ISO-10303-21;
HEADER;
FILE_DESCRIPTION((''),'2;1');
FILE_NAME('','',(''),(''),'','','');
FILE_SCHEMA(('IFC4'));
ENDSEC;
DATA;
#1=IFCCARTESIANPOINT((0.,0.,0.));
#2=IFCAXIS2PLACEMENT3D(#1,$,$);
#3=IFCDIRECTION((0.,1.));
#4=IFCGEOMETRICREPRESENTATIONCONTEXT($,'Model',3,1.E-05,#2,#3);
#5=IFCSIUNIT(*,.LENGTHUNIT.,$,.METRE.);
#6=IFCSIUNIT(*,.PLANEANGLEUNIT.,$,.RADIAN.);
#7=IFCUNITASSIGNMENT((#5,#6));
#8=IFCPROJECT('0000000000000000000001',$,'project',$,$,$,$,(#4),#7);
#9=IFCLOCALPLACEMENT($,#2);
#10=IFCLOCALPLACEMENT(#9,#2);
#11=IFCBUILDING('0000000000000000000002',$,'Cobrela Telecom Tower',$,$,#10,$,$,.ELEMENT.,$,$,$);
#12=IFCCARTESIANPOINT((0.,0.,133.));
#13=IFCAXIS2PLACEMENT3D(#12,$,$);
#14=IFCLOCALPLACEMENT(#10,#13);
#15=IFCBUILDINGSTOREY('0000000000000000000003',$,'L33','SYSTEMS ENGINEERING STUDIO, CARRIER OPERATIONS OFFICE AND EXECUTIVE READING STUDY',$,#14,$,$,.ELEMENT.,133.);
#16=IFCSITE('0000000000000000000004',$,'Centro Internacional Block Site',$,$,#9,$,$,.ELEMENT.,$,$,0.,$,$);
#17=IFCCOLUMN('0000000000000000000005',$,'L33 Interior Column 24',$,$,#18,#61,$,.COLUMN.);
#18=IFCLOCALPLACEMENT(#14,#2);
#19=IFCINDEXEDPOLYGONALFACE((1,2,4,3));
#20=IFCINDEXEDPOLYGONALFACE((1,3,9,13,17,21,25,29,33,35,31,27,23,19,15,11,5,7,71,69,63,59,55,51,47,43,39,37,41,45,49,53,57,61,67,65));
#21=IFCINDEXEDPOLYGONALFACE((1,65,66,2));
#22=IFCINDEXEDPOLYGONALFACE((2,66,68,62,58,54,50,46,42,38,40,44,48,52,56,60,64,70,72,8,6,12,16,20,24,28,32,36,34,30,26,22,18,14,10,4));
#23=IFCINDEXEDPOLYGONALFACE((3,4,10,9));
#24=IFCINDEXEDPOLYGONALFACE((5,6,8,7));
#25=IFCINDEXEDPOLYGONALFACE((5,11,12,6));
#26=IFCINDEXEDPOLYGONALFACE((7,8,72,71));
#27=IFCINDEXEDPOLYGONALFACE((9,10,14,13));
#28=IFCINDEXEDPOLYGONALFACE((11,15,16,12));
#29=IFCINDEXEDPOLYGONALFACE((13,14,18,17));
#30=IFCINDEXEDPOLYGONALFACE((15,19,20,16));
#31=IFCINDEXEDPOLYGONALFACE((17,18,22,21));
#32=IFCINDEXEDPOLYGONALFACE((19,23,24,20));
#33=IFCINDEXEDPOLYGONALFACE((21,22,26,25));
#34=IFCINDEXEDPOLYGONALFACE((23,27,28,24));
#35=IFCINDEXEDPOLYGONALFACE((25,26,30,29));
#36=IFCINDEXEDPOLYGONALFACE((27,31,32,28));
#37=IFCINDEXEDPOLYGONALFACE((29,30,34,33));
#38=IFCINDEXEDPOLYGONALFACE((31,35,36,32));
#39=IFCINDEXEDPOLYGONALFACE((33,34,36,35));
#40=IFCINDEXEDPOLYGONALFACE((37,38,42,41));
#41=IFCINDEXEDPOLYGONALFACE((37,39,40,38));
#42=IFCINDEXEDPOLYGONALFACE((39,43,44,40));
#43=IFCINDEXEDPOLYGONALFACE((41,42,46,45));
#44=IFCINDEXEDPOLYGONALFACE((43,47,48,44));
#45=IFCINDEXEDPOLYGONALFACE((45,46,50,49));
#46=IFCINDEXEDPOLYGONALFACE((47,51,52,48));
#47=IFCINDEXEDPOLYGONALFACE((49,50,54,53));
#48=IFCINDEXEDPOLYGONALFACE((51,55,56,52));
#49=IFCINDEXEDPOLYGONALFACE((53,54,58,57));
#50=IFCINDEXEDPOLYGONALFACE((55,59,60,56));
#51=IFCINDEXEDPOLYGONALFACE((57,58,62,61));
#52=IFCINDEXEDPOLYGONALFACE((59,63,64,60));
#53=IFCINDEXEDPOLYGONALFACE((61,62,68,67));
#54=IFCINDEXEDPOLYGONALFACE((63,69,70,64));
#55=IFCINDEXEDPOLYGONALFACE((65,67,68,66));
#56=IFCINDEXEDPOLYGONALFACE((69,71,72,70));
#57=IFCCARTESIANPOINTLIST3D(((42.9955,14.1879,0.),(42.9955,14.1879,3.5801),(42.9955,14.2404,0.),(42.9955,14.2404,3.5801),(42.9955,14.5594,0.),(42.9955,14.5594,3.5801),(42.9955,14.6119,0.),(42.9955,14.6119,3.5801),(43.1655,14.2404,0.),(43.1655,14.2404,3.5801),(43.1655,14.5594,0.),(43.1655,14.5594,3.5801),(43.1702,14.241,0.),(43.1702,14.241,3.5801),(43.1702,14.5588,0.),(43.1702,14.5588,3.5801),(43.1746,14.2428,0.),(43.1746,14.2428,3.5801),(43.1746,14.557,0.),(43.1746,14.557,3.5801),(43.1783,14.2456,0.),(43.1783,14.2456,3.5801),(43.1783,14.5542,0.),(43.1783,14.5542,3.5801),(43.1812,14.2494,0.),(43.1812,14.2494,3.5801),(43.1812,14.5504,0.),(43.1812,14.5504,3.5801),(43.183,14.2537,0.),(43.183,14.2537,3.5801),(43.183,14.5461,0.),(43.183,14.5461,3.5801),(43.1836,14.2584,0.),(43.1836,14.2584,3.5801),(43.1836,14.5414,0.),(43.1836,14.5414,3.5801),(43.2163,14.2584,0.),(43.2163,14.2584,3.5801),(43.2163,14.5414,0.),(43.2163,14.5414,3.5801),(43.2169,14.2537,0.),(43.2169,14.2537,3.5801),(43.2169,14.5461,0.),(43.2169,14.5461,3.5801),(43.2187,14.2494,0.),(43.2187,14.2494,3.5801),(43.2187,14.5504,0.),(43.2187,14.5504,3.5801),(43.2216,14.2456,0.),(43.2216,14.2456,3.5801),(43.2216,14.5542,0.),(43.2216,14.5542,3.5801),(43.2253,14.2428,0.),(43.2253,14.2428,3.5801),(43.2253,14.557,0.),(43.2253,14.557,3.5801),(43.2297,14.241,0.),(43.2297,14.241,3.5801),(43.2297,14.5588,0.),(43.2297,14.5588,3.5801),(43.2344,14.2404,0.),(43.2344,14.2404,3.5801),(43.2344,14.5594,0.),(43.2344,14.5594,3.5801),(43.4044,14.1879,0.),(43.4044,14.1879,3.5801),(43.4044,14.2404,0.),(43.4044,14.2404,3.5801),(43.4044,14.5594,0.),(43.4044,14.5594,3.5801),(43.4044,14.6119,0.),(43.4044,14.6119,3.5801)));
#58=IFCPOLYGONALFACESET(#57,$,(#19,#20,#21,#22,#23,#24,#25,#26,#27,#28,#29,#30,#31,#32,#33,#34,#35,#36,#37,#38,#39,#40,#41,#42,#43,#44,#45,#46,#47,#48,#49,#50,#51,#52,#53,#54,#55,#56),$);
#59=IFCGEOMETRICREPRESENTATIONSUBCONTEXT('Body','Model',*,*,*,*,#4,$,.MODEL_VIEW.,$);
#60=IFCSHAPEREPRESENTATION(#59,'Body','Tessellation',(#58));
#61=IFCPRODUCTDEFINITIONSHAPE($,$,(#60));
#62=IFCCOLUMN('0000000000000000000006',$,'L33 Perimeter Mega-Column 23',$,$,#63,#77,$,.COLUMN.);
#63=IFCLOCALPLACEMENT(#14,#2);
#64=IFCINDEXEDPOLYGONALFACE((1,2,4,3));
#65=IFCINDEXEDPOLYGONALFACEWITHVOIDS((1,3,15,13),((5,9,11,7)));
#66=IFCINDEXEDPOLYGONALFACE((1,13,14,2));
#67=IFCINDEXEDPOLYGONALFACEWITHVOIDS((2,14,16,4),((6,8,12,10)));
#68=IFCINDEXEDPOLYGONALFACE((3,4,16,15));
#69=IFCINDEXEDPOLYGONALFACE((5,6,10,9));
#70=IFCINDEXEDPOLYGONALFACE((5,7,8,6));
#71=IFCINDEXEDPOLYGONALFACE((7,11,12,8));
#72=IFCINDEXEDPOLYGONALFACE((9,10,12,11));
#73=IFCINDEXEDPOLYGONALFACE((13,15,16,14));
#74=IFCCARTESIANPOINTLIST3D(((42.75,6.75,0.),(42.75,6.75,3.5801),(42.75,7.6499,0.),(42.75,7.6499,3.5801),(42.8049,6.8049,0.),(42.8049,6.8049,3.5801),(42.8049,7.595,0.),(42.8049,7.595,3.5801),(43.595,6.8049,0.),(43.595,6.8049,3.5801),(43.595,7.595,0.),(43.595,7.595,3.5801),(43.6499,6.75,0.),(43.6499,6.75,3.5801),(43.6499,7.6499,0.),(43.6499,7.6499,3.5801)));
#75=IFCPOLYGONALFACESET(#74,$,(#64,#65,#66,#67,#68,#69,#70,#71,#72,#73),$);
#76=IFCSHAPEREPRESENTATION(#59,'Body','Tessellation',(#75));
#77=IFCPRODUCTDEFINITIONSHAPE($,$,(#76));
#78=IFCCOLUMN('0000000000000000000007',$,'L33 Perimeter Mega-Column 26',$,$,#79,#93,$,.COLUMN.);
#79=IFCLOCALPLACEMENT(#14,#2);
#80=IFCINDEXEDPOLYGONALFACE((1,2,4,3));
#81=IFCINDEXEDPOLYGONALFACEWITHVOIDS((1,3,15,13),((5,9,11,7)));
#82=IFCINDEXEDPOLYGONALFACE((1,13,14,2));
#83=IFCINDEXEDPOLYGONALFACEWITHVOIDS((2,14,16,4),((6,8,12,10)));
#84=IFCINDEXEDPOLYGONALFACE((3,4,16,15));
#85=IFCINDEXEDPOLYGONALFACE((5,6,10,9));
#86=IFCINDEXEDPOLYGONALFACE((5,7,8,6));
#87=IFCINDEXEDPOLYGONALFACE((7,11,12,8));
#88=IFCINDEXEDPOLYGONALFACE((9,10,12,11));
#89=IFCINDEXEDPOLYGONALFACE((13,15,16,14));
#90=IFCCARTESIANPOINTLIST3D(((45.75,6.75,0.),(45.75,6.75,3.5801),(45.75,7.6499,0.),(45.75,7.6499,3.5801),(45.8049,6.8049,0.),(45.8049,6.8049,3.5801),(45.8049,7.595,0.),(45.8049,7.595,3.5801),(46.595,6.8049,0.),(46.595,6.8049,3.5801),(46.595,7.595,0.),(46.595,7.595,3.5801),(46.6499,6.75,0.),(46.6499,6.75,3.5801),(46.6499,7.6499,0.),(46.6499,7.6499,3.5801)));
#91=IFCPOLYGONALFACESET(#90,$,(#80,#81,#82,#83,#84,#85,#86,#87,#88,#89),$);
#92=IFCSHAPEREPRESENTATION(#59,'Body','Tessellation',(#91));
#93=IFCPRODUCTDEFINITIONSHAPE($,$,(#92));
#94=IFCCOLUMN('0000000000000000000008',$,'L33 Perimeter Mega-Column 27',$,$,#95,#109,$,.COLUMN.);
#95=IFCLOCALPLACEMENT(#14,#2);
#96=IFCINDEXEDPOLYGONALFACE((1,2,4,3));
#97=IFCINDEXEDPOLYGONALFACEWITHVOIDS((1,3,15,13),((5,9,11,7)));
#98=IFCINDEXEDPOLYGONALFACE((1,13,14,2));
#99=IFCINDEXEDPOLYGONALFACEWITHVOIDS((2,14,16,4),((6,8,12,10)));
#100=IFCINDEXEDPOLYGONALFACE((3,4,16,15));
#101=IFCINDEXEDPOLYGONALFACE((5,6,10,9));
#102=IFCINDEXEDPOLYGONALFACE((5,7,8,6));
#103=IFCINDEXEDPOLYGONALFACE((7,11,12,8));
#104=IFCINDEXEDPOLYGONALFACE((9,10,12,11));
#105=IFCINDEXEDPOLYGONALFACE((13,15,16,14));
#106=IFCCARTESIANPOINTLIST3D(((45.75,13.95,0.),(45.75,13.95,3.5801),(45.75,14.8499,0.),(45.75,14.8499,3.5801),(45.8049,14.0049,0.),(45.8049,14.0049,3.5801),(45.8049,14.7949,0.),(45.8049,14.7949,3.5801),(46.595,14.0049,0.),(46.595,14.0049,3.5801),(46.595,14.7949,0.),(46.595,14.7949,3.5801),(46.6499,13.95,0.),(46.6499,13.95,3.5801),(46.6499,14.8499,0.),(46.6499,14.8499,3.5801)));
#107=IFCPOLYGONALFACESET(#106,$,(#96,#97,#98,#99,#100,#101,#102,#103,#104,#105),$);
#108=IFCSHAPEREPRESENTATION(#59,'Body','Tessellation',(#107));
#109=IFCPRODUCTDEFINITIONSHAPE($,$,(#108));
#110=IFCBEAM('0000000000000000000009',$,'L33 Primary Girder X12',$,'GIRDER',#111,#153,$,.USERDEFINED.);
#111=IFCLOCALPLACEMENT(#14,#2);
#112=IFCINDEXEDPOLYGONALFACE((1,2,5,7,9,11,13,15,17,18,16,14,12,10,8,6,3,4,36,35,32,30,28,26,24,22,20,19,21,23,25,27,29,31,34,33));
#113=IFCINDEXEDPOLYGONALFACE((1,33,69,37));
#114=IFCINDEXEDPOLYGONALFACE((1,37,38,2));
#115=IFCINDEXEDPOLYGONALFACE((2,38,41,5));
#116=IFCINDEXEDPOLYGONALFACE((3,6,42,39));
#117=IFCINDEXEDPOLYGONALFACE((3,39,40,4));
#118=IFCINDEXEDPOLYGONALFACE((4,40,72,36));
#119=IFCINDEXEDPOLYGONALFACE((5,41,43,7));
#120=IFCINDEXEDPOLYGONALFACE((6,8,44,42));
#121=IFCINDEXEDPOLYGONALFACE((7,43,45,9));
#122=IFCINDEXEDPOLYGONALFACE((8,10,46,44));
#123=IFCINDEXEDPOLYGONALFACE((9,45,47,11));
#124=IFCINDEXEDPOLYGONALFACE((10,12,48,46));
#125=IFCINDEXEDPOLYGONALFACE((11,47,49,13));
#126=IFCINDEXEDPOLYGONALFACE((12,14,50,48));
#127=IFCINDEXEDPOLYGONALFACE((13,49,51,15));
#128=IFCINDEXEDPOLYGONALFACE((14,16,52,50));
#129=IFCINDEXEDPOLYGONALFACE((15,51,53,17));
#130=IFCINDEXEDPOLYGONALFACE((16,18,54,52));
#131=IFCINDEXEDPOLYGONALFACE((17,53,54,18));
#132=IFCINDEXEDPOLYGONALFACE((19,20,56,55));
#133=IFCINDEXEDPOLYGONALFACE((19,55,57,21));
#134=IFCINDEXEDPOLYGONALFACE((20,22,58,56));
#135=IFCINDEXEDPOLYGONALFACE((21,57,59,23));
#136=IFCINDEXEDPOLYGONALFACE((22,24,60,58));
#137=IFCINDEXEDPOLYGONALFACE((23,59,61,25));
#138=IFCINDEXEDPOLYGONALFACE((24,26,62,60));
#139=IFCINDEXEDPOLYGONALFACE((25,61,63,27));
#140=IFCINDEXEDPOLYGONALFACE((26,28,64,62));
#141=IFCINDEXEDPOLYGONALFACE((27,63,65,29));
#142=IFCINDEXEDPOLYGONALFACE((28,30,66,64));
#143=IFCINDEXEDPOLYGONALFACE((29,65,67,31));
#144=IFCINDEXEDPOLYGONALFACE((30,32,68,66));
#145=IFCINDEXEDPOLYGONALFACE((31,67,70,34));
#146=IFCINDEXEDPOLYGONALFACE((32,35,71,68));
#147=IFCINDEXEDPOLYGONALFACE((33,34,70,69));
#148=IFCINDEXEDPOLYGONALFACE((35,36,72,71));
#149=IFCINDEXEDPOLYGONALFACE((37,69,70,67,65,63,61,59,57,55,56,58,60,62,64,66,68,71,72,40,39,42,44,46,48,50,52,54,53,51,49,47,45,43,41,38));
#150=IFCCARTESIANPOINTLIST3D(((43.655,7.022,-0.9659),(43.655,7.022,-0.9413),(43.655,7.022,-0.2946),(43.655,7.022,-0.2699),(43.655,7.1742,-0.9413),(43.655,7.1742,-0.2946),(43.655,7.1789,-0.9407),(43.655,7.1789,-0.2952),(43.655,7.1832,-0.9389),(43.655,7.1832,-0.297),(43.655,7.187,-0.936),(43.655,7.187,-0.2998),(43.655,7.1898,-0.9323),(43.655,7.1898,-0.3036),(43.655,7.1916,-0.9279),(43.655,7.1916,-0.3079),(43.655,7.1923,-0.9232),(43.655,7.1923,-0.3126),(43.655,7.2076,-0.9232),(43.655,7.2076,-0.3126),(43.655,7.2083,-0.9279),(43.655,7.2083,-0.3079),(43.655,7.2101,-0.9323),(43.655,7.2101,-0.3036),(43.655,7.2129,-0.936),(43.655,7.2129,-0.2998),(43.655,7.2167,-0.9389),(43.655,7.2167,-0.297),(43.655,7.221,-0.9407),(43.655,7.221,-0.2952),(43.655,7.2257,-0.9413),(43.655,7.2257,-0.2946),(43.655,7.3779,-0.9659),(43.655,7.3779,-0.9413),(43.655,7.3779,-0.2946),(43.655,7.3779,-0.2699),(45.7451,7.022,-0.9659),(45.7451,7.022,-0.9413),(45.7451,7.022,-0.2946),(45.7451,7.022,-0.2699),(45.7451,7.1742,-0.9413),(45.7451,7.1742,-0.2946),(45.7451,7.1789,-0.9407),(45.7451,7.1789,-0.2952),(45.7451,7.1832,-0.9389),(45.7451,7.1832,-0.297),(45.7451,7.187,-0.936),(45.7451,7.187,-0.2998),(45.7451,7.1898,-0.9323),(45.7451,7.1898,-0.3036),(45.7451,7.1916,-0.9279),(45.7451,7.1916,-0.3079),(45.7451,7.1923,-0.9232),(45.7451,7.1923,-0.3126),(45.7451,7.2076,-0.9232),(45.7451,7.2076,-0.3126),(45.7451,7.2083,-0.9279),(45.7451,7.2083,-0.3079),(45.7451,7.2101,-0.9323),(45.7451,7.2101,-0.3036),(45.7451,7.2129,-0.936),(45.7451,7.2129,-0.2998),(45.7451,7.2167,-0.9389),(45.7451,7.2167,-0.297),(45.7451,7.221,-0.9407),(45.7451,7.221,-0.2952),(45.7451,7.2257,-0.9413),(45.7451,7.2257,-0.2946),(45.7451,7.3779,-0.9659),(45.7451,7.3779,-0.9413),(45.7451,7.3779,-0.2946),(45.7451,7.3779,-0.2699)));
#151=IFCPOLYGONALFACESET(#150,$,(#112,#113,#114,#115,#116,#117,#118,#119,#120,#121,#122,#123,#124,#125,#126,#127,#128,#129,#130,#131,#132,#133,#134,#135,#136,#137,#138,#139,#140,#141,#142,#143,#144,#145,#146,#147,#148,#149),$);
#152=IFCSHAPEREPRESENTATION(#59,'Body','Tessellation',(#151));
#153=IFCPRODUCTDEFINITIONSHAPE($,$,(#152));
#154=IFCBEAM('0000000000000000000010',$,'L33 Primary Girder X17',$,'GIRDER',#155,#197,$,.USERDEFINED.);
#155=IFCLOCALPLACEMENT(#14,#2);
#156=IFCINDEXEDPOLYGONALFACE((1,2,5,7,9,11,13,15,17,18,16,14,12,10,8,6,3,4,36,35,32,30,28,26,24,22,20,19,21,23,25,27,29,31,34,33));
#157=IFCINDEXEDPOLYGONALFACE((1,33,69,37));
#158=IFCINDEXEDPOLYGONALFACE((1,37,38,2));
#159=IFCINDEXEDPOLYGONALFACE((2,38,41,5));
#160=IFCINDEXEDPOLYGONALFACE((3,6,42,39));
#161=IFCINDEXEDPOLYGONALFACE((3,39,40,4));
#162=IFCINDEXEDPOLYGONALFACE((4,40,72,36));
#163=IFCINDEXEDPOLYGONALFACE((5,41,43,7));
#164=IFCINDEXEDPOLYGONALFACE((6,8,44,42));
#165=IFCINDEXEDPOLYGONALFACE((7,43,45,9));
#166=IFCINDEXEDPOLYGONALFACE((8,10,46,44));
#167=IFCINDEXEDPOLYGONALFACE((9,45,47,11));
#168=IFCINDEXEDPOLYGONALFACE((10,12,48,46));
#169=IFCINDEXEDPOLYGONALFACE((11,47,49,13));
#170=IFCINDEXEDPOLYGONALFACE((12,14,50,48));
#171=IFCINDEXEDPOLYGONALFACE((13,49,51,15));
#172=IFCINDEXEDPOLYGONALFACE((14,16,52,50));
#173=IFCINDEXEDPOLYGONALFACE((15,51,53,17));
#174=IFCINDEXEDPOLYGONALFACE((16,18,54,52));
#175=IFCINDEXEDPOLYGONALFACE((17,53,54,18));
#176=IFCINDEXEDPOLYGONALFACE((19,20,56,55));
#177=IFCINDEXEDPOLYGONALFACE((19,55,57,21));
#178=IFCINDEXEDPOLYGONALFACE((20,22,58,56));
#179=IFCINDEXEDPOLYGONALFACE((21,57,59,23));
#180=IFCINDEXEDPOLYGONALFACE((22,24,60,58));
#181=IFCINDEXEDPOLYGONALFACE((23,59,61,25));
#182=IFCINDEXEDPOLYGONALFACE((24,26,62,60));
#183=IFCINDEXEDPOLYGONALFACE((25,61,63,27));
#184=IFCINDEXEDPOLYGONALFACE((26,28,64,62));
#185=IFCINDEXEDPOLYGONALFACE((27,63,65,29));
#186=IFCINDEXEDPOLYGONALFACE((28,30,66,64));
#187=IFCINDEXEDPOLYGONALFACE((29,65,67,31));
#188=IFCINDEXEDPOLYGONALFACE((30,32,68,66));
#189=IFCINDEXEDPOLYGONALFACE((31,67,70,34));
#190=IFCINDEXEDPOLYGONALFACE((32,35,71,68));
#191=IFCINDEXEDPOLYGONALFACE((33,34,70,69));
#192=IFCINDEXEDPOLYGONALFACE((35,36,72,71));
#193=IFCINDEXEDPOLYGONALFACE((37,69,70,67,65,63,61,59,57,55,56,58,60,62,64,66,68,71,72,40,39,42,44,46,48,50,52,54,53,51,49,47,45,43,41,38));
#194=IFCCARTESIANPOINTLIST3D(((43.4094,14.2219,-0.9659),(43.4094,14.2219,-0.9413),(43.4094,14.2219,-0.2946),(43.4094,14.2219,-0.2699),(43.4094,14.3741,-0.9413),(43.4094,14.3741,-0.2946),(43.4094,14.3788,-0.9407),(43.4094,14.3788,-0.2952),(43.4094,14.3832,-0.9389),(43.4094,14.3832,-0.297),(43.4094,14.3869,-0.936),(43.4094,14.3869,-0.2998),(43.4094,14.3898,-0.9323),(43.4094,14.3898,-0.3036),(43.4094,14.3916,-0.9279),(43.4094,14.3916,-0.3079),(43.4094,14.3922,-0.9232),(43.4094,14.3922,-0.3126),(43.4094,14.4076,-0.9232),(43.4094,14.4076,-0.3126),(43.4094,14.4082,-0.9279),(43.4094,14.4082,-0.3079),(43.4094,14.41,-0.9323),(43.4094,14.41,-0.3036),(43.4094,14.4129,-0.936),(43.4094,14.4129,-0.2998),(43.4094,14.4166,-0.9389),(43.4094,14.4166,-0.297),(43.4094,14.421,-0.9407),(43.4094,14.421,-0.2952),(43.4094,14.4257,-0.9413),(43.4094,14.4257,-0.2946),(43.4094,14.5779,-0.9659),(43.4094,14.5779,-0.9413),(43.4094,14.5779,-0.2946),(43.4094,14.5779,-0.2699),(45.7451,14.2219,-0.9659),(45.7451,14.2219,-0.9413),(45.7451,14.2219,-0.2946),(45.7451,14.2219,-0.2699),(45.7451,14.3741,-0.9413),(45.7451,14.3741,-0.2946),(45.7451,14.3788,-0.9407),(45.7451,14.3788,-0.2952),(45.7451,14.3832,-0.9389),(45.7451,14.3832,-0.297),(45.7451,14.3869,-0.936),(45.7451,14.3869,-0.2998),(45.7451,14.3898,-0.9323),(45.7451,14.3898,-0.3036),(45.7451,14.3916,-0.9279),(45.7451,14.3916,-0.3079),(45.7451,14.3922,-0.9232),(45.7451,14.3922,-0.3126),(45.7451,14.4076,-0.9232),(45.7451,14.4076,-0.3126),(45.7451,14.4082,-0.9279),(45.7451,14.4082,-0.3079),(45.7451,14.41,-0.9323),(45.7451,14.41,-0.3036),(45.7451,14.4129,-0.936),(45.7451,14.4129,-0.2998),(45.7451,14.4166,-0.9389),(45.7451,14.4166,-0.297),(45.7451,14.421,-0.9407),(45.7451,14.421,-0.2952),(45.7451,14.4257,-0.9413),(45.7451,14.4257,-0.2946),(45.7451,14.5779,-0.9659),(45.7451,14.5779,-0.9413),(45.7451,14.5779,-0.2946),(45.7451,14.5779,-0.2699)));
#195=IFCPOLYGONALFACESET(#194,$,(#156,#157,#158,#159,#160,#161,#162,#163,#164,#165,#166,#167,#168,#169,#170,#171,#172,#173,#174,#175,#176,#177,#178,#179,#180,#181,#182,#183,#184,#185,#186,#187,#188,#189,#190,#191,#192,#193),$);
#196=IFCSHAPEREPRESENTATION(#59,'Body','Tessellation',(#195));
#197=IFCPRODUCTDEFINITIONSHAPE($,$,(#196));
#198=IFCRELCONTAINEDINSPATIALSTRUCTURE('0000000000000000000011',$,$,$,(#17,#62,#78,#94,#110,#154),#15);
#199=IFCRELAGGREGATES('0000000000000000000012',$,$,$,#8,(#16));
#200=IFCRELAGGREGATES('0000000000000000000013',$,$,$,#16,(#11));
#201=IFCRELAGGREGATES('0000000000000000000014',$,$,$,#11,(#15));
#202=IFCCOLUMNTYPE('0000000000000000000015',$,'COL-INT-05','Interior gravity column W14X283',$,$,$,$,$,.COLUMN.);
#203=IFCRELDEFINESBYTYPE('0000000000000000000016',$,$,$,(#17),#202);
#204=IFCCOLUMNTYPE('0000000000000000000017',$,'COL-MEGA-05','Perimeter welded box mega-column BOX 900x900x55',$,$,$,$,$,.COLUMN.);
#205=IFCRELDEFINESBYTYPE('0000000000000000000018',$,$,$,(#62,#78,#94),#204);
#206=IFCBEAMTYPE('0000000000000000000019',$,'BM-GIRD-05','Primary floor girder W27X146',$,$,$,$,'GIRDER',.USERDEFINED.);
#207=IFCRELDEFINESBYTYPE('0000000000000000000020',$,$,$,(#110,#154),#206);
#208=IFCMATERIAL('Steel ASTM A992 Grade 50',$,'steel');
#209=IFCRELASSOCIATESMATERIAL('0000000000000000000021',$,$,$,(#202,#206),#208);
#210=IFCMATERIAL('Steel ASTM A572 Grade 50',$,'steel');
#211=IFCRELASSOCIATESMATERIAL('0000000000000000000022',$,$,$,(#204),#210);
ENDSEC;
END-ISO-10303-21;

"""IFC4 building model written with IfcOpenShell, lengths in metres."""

from ifc_helpers import new_model, si_unit, direction, frame, origin, origin_2d, place, context, subcontext, project, spatial, hollow_rectangle, i_section, extrude, material, material_profile, profile_set, type_object, element, save


model = new_model("IFC4")

# Units and contexts
model_context = context("Model", 3, precision=1e-05, world=origin(), true_north=direction((0.0, 1.0)))
body_context = subcontext(model_context, "Body", "Model", "MODEL_VIEW")
ifc_project = project(units=[si_unit("LENGTHUNIT", "METRE"), si_unit("PLANEANGLEUNIT", "RADIAN")], contexts=[model_context])

# Site, building, storey
site_placement = place(None, origin())
site = spatial("IfcSite", under=ifc_project, at=site_placement, Name="Centro Internacional Block Site", CompositionType="ELEMENT", RefElevation=0.0)
building_placement = place(site_placement, origin())
building = spatial("IfcBuilding", under=site, at=building_placement, Name="Cobrela Telecom Tower", CompositionType="ELEMENT")
storey_placement = place(building_placement, frame((0.0, 0.0, 133.0)))
storey = spatial("IfcBuildingStorey", under=building, at=storey_placement, Name="L33", Description="SYSTEMS ENGINEERING STUDIO, CARRIER OPERATIONS OFFICE AND EXECUTIVE READING STUDY", CompositionType="ELEMENT", Elevation=133.0)

# Columns
ifc_material_1 = material(Name="Steel ASTM A992 Grade 50", Category="steel")
ifc_material_profile_1 = material_profile(ifc_material_1, i_section(OverallWidth=0.4089, OverallDepth=0.4241, WebThickness=0.0327, FlangeThickness=0.0525, FilletRadius=0.0181, at=origin_2d()), Name="W14X283")
ifc_profile_set_1 = profile_set([ifc_material_profile_1], Name="Steel ASTM A992 Grade 50")
column_type_1 = type_object("IfcColumnType", Name="COL-INT-05", Description="Interior gravity column W14X283", PredefinedType="COLUMN", material=ifc_profile_set_1)
column_placement = place(storey_placement, frame((43.2, 14.3999, 0.0), z_axis=(0.0, 0.0, 1.0), x_axis=(1.0, 0.0, 0.0)))
element("IfcColumn", 1, at=column_placement, inside=storey, type_object=column_type_1, Name="L33 Interior Column 24", PredefinedType="COLUMN", context=body_context, shape_type="SweptSolid", body=[
    extrude(i_section(OverallWidth=0.4089, OverallDepth=0.4241, WebThickness=0.0327, FlangeThickness=0.0525, FilletRadius=0.0181, at=origin_2d()), origin(), (0.0, 0.0, 1.0), 3.5801),
])
ifc_material_2 = material(Name="Steel ASTM A572 Grade 50", Category="steel")
ifc_material_profile_2 = material_profile(ifc_material_2, hollow_rectangle(XDim=0.8999, YDim=0.8999, WallThickness=0.0549, at=origin_2d()), Name="BOX 900x900x55")
ifc_profile_set_2 = profile_set([ifc_material_profile_2], Name="Steel ASTM A572 Grade 50")
column_type_2 = type_object("IfcColumnType", Name="COL-MEGA-05", Description="Perimeter welded box mega-column BOX 900x900x55", PredefinedType="COLUMN", material=ifc_profile_set_2)
for number, where, z_axis, x_axis, name in (
    (2, (43.2, 7.2, 0.0), (0.0, 0.0, 1.0), (1.0, 0.0, 0.0), "L33 Perimeter Mega-Column 23"),
    (3, (46.2, 7.2, 0.0), (0.0, 0.0, 1.0), (1.0, 0.0, 0.0), "L33 Perimeter Mega-Column 26"),
    (4, (46.2, 14.3999, 0.0), (0.0, 0.0, 1.0), (1.0, 0.0, 0.0), "L33 Perimeter Mega-Column 27"),
):
    element("IfcColumn", number, at=place(storey_placement, frame(where, z_axis=z_axis, x_axis=x_axis)), inside=storey, type_object=column_type_2, Name=name, PredefinedType="COLUMN", context=body_context, shape_type="SweptSolid", body=[
        extrude(hollow_rectangle(XDim=0.8999, YDim=0.8999, WallThickness=0.0549, at=origin_2d()), origin(), (0.0, 0.0, 1.0), 3.5801),
    ])

# Beams
ifc_material_profile_3 = material_profile(ifc_material_1, i_section(OverallWidth=0.356, OverallDepth=0.696, WebThickness=0.0154, FlangeThickness=0.0247, FilletRadius=0.0181, at=origin_2d()), Name="W27X146")
ifc_profile_set_3 = profile_set([ifc_material_profile_3], Name="Steel ASTM A992 Grade 50")
beam_type_1 = type_object("IfcBeamType", Name="BM-GIRD-05", Description="Primary floor girder W27X146", ElementType="GIRDER", PredefinedType="USERDEFINED", material=ifc_profile_set_3)
beam_1_placement = place(storey_placement, frame((43.655, 7.2, -0.6179), z_axis=(1.0, 0.0, 0.0), x_axis=(0.0, 1.0, 0.0)))
element("IfcBeam", 5, at=beam_1_placement, inside=storey, type_object=beam_type_1, Name="L33 Primary Girder X12", ObjectType="GIRDER", PredefinedType="USERDEFINED", context=body_context, shape_type="SweptSolid", body=[
    extrude(i_section(OverallWidth=0.356, OverallDepth=0.696, WebThickness=0.0154, FlangeThickness=0.0247, FilletRadius=0.0181, at=origin_2d()), origin(), (0.0, 0.0, 1.0), 2.0901),
])
beam_2_placement = place(storey_placement, frame((43.4094, 14.3999, -0.6179), z_axis=(1.0, 0.0, 0.0), x_axis=(0.0, 1.0, 0.0)))
element("IfcBeam", 6, at=beam_2_placement, inside=storey, type_object=beam_type_1, Name="L33 Primary Girder X17", ObjectType="GIRDER", PredefinedType="USERDEFINED", context=body_context, shape_type="SweptSolid", body=[
    extrude(i_section(OverallWidth=0.356, OverallDepth=0.696, WebThickness=0.0154, FlangeThickness=0.0247, FilletRadius=0.0181, at=origin_2d()), origin(), (0.0, 0.0, 1.0), 2.3357),
])

save(model, "model.ifc")
